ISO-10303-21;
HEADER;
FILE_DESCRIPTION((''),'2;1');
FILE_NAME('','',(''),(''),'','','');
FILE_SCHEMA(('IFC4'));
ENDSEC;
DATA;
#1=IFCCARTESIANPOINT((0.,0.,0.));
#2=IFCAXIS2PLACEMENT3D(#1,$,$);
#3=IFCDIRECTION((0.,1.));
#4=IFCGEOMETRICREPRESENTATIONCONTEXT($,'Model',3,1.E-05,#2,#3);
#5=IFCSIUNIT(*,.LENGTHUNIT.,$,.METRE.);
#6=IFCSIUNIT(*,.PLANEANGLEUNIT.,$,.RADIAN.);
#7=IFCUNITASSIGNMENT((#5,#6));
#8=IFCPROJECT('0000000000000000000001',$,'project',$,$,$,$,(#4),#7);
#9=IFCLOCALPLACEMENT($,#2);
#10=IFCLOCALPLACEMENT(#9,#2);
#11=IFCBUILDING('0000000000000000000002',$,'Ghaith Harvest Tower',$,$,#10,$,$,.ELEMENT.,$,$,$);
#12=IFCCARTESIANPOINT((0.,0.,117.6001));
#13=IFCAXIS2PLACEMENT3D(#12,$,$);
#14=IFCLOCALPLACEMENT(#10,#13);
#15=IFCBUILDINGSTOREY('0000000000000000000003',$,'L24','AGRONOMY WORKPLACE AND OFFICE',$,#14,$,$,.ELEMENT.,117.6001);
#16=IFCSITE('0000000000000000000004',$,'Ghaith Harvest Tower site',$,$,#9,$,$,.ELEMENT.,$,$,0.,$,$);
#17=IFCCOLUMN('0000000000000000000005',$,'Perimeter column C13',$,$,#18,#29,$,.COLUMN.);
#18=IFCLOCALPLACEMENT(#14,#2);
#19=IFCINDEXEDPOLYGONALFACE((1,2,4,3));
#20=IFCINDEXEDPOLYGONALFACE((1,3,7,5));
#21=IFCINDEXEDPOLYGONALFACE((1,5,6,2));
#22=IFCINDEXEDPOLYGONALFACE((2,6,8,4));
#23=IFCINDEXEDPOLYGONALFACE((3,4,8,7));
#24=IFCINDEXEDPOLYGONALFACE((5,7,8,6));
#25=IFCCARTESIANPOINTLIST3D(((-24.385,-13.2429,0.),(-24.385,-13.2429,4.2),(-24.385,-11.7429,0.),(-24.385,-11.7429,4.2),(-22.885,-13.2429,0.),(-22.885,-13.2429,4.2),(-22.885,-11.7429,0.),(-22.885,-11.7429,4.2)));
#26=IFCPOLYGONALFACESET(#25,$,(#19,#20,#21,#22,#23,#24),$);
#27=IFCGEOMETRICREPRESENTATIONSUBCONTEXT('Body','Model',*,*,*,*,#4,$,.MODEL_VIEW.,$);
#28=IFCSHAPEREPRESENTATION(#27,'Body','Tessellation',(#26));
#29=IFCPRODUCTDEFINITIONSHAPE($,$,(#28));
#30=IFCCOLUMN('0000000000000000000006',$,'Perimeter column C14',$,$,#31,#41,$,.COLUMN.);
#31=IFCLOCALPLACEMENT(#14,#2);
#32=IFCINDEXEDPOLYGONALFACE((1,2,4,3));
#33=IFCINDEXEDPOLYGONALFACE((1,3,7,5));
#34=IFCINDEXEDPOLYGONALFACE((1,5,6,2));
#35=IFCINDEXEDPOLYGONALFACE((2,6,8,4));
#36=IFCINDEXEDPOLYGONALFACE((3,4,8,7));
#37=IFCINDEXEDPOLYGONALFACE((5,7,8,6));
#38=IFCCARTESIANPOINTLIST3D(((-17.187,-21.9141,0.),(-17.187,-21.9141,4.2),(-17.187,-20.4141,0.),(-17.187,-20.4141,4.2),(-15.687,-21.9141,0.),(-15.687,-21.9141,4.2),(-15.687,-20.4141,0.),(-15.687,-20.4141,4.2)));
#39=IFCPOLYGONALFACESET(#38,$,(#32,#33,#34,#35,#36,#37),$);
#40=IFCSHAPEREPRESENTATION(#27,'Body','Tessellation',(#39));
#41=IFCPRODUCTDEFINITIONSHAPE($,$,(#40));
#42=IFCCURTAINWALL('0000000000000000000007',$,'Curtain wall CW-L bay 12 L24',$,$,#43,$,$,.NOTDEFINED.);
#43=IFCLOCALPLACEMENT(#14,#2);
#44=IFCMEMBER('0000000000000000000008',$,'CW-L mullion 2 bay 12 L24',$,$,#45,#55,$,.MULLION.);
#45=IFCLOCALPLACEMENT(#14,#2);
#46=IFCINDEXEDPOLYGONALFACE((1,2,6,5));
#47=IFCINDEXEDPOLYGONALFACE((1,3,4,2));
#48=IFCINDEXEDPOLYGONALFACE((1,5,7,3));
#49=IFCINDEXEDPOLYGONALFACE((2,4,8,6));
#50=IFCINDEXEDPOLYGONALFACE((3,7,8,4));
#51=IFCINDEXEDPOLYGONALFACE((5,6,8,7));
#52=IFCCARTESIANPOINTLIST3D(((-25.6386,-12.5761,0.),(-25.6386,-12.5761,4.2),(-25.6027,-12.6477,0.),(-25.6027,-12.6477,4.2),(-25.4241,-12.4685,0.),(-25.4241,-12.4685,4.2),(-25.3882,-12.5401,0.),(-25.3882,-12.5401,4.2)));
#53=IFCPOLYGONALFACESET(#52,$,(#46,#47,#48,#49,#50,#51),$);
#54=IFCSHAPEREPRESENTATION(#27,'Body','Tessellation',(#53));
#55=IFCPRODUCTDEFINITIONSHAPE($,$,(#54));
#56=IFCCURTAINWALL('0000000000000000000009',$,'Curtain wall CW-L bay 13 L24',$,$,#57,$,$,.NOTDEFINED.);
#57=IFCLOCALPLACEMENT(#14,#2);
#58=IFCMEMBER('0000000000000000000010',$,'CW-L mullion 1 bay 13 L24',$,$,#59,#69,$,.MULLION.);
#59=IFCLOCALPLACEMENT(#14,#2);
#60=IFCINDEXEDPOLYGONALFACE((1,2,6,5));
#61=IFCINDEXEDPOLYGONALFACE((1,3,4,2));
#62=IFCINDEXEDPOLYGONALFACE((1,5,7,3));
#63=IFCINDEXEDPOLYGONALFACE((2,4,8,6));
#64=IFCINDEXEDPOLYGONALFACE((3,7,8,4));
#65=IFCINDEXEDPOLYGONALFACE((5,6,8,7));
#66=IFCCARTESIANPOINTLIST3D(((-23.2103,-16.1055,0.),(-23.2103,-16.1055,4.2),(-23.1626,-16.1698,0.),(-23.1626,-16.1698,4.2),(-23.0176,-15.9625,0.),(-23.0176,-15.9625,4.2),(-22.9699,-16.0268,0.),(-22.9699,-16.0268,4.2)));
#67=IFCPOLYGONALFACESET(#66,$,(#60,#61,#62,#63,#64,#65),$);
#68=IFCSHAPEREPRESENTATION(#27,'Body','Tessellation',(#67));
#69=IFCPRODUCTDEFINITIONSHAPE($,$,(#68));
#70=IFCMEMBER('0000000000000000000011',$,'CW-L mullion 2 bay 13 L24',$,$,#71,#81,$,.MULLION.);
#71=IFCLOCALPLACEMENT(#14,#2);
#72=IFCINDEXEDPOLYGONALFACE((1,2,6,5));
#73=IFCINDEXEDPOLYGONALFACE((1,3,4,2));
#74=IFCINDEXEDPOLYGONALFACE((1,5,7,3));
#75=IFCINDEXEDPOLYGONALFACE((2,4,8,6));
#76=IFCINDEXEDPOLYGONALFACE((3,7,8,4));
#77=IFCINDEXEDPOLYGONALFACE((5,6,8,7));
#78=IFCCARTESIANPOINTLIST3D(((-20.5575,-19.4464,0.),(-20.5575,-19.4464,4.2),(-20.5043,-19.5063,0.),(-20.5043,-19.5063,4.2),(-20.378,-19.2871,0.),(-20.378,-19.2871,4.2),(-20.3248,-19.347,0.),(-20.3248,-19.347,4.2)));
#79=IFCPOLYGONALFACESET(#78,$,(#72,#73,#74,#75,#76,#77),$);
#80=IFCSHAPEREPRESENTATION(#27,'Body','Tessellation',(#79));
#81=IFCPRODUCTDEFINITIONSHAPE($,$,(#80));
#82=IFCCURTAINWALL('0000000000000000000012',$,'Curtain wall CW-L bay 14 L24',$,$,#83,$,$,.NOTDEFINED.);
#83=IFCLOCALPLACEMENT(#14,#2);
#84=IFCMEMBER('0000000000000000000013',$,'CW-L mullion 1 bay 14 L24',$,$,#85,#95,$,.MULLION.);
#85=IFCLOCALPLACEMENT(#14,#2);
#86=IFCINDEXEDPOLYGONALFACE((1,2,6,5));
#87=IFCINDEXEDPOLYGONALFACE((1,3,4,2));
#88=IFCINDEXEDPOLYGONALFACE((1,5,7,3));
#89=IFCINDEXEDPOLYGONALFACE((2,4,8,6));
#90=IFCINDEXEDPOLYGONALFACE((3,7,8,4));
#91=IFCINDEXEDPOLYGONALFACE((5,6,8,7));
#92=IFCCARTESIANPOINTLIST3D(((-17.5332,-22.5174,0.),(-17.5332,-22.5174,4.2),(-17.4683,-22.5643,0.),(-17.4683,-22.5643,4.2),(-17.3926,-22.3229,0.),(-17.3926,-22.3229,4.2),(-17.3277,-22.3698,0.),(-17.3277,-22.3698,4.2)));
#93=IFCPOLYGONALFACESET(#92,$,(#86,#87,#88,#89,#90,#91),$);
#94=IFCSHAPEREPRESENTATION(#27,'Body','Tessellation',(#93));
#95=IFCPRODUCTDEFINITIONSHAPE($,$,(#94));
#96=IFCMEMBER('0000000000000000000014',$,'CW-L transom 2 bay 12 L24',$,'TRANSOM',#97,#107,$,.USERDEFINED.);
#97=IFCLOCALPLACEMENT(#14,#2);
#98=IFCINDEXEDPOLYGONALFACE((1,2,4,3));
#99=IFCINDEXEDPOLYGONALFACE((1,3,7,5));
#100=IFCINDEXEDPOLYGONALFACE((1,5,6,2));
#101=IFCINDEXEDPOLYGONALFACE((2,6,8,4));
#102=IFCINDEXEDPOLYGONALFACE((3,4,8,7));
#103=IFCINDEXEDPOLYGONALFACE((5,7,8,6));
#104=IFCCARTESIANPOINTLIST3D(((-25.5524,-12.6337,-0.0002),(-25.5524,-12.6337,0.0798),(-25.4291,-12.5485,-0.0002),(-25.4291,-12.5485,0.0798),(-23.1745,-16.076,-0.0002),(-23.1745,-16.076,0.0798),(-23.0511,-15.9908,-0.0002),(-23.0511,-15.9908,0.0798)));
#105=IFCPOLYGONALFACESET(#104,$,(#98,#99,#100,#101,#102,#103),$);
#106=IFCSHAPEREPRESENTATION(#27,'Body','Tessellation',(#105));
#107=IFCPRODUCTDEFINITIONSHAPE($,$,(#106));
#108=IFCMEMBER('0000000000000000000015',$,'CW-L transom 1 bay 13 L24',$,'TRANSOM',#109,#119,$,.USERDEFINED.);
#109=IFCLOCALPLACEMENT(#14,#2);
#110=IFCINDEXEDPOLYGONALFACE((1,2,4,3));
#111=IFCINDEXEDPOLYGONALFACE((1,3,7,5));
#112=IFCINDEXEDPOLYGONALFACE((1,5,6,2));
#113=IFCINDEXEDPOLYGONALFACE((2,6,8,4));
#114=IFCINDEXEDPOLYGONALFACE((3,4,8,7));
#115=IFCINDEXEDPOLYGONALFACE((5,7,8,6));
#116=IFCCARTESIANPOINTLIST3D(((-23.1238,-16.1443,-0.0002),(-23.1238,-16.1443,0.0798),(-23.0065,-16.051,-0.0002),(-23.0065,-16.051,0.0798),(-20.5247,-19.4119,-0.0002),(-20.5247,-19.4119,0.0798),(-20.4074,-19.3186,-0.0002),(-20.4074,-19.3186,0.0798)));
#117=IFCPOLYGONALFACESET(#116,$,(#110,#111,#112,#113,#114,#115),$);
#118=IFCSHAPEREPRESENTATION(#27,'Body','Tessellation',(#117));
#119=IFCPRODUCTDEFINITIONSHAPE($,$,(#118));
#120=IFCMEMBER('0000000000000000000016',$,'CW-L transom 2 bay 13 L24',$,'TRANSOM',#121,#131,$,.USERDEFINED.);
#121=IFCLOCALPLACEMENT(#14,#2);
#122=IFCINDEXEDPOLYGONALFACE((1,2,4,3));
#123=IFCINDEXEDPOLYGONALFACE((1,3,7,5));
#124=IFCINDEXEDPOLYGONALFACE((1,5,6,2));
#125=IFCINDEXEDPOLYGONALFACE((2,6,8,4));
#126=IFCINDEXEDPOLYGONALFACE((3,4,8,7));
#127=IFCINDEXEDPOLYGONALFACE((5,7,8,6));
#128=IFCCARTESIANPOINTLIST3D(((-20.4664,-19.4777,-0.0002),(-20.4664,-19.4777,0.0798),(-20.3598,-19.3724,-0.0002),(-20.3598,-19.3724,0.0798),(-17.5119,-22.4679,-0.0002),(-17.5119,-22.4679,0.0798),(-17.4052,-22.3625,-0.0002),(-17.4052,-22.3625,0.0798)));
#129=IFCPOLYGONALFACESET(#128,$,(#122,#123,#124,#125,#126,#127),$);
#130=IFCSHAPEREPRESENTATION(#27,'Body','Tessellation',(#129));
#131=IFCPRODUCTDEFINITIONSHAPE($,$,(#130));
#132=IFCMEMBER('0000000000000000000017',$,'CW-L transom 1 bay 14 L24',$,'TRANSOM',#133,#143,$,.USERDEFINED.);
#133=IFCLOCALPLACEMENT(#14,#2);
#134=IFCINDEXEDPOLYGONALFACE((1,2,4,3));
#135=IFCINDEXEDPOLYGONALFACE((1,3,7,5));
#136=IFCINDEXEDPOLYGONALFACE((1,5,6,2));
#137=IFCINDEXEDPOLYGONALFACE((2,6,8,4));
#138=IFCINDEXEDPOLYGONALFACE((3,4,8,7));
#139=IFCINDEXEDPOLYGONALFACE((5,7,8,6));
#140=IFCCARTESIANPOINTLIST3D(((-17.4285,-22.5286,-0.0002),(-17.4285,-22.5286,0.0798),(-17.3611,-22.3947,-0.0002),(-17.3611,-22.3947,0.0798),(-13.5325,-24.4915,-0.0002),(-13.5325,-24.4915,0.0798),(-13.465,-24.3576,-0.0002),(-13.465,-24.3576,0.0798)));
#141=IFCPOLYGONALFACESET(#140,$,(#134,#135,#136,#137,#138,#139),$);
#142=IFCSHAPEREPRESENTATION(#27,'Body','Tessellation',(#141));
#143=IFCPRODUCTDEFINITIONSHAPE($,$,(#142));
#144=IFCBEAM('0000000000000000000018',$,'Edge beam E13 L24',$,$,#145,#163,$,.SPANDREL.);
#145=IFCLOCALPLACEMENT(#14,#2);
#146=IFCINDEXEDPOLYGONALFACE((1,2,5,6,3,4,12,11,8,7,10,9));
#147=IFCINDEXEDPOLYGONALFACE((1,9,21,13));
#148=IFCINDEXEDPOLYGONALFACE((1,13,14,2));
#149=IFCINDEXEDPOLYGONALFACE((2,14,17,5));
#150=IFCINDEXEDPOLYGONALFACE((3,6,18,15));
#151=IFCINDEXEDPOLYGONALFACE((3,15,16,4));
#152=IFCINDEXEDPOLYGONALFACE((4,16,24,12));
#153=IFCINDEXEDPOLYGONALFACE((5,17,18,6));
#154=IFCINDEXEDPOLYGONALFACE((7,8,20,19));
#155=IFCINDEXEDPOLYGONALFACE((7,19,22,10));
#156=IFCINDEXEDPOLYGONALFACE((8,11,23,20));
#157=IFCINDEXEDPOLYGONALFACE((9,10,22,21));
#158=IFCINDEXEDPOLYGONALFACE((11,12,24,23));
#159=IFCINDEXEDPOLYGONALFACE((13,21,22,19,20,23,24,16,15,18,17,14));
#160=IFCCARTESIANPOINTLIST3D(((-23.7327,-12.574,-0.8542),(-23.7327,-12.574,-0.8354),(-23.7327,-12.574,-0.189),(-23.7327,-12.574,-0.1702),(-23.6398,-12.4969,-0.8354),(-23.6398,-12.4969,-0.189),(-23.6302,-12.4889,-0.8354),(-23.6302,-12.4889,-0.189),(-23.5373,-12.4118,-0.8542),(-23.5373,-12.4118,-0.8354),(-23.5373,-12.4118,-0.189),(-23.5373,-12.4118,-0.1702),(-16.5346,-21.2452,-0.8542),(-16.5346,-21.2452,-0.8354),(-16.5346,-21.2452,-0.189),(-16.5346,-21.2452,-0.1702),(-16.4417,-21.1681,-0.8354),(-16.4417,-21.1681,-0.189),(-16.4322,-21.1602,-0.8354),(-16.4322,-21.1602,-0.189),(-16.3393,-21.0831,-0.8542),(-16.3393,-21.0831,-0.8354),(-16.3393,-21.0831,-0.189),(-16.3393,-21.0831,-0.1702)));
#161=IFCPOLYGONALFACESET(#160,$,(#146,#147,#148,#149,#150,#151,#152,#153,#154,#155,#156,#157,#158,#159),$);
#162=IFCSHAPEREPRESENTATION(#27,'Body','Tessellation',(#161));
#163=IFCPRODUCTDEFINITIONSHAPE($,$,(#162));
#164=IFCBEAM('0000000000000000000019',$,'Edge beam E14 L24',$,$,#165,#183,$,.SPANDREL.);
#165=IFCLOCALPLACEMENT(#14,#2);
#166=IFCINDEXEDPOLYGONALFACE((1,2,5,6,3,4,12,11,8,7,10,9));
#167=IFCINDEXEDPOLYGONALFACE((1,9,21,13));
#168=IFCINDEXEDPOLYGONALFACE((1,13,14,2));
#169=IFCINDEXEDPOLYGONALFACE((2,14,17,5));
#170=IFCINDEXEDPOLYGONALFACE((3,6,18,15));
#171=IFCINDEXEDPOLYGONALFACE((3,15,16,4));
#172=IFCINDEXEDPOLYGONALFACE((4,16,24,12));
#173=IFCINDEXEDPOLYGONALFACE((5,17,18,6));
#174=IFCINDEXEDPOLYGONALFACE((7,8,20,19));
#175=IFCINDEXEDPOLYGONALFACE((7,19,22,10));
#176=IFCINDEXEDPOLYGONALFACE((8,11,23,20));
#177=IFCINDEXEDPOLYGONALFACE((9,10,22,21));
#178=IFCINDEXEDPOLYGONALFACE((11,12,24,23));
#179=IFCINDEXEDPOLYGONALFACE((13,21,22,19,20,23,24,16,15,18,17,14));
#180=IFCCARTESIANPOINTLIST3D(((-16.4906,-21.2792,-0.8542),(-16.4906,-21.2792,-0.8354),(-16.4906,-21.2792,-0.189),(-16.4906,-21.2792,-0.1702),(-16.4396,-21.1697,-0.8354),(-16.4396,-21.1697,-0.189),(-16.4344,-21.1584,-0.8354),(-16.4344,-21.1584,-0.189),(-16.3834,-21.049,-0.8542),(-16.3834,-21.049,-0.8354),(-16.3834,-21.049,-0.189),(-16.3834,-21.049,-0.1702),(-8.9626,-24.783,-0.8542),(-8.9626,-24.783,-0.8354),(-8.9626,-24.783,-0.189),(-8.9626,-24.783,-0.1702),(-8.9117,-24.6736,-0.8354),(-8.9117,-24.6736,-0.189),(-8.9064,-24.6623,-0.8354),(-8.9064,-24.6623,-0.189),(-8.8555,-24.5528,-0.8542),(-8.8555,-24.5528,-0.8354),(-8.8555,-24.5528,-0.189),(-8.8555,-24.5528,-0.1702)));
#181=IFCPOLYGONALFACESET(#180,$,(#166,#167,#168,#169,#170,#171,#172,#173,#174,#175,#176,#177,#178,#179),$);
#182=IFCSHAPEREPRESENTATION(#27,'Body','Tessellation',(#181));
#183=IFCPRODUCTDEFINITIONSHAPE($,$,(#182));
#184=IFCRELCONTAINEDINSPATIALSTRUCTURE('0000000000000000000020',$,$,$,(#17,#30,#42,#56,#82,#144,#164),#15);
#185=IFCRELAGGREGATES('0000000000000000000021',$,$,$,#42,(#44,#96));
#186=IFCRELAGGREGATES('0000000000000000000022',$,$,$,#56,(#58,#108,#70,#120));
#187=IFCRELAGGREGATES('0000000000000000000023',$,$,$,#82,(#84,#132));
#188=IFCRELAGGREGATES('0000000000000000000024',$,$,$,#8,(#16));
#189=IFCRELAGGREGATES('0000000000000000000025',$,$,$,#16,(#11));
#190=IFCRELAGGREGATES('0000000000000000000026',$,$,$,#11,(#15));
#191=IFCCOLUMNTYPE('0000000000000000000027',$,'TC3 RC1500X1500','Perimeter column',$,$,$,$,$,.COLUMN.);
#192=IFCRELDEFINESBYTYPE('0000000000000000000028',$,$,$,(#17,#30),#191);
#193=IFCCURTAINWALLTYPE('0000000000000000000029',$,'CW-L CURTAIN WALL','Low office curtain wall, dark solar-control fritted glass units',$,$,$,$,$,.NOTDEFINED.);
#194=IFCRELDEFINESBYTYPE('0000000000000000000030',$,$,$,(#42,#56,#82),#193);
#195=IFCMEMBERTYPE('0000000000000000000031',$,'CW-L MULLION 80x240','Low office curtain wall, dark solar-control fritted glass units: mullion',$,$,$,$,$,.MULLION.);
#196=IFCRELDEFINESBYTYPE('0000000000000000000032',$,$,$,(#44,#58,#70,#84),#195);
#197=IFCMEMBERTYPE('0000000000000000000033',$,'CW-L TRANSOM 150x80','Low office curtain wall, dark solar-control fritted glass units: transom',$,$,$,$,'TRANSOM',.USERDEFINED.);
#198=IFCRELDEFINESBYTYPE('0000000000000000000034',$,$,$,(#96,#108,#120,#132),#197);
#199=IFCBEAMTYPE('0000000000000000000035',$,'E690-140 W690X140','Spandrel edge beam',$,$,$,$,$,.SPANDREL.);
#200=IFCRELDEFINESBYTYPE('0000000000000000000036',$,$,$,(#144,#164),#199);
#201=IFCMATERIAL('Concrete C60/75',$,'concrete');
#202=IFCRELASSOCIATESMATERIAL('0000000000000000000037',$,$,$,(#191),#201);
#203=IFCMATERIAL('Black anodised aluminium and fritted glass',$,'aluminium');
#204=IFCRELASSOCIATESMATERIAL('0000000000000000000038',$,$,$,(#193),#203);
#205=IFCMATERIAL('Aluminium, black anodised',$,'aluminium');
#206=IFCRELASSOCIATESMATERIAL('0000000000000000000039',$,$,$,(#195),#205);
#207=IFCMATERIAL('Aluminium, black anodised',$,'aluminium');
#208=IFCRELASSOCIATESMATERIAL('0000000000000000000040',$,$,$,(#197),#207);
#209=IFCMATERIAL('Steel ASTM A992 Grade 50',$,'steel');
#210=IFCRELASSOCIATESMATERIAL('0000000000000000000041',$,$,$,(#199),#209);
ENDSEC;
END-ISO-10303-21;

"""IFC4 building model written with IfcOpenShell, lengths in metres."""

from ifc_helpers import new_model, si_unit, direction, frame, origin, origin_2d, place, context, subcontext, project, spatial, rectangle, i_section, extrude, material, material_profile, profile_set, type_object, element, aggregate, save


model = new_model("IFC4")

# Units and contexts
model_context = context("Model", 3, precision=1e-05, world=origin(), true_north=direction((0.0, 1.0)))
body_context = subcontext(model_context, "Body", "Model", "MODEL_VIEW")
ifc_project = project(units=[si_unit("LENGTHUNIT", "METRE"), si_unit("PLANEANGLEUNIT", "RADIAN")], contexts=[model_context])

# Site, building, storey
site_placement = place(None, origin())
site = spatial("IfcSite", under=ifc_project, at=site_placement, Name="Ghaith Harvest Tower site", CompositionType="ELEMENT", RefElevation=0.0)
building_placement = place(site_placement, origin())
building = spatial("IfcBuilding", under=site, at=building_placement, Name="Ghaith Harvest Tower", CompositionType="ELEMENT")
storey_placement = place(building_placement, frame((0.0, 0.0, 117.6001)))
storey = spatial("IfcBuildingStorey", under=building, at=storey_placement, Name="L24", Description="AGRONOMY WORKPLACE AND OFFICE", CompositionType="ELEMENT", Elevation=117.6001)

# Columns
ifc_material_1 = material(Name="Concrete C60/75", Category="concrete")
ifc_material_profile_1 = material_profile(ifc_material_1, rectangle(XDim=1.5, YDim=1.5, at=origin_2d()), Name="RC1500X1500")
ifc_profile_set_1 = profile_set([ifc_material_profile_1], Name="Concrete C60/75")
column_type = type_object("IfcColumnType", Name="TC3 RC1500X1500", Description="Perimeter column", PredefinedType="COLUMN", material=ifc_profile_set_1)
for number, where, z_axis, x_axis, name in (
    (1, (-23.635, -12.4929, 0.0), (0.0, 0.0, 1.0), (1.0, 0.0, 0.0), "Perimeter column C13"),
    (2, (-16.437, -21.1641, 0.0), (0.0, 0.0, 1.0), (1.0, 0.0, 0.0), "Perimeter column C14"),
):
    element("IfcColumn", number, at=place(storey_placement, frame(where, z_axis=z_axis, x_axis=x_axis)), inside=storey, type_object=column_type, Name=name, PredefinedType="COLUMN", context=body_context, shape_type="SweptSolid", body=[
        extrude(rectangle(XDim=1.5, YDim=1.5, at=origin_2d()), origin(), (0.0, 0.0, 1.0), 4.2),
    ])

# Curtain wall, member
ifc_material_2 = material(Name="Black anodised aluminium and fritted glass", Category="aluminium")
curtain_wall_type = type_object("IfcCurtainWallType", Name="CW-L CURTAIN WALL", Description="Low office curtain wall, dark solar-control fritted glass units", PredefinedType="NOTDEFINED", material=ifc_material_2)
curtain_wall_1_placement = place(storey_placement, origin())
curtain_wall_1 = element("IfcCurtainWall", 3, at=curtain_wall_1_placement, inside=storey, type_object=curtain_wall_type, Name="Curtain wall CW-L bay 12 L24", PredefinedType="NOTDEFINED")
ifc_material_3 = material(Name="Aluminium, black anodised", Category="aluminium")
ifc_material_profile_2 = material_profile(ifc_material_3, rectangle(XDim=0.0801, YDim=0.24, at=origin_2d()), Name="CW-L MULLION 80x240")
ifc_profile_set_2 = profile_set([ifc_material_profile_2], Name="Aluminium, black anodised")
member_type_1 = type_object("IfcMemberType", Name="CW-L MULLION 80x240", Description="Low office curtain wall, dark solar-control fritted glass units: mullion", PredefinedType="MULLION", material=ifc_profile_set_2)
member_1_placement = place(storey_placement, frame((-25.5134, -12.5581, 0.0), z_axis=(0.0, 0.0, 1.0), x_axis=(0.448267, -0.8939, 0.0)))
member_1 = element("IfcMember", 4, at=member_1_placement, type_object=member_type_1, Name="CW-L mullion 2 bay 12 L24", PredefinedType="MULLION", context=body_context, shape_type="SweptSolid", body=[
    extrude(rectangle(XDim=0.0801, YDim=0.24, at=origin_2d()), origin(), (0.0, 0.0, 1.0), 4.2),
])

# Curtain wall, members
curtain_wall_2_placement = place(storey_placement, origin())
curtain_wall_2 = element("IfcCurtainWall", 5, at=curtain_wall_2_placement, inside=storey, type_object=curtain_wall_type, Name="Curtain wall CW-L bay 13 L24", PredefinedType="NOTDEFINED")
member_2_placement = place(storey_placement, frame((-23.0901, -16.0662, 0.0), z_axis=(0.0, 0.0, 1.0), x_axis=(0.59574, -0.803177, 0.0)))
member_2 = element("IfcMember", 6, at=member_2_placement, type_object=member_type_1, Name="CW-L mullion 1 bay 13 L24", PredefinedType="MULLION", context=body_context, shape_type="SweptSolid", body=[
    extrude(rectangle(XDim=0.0801, YDim=0.24, at=origin_2d()), origin(), (0.0, 0.0, 1.0), 4.2),
])
member_3_placement = place(storey_placement, frame((-20.4412, -19.3967, 0.0), z_axis=(0.0, 0.0, 1.0), x_axis=(0.663765, -0.747941, 0.0)))
member_3 = element("IfcMember", 7, at=member_3_placement, type_object=member_type_1, Name="CW-L mullion 2 bay 13 L24", PredefinedType="MULLION", context=body_context, shape_type="SweptSolid", body=[
    extrude(rectangle(XDim=0.0801, YDim=0.24, at=origin_2d()), origin(), (0.0, 0.0, 1.0), 4.2),
])

# Curtain wall, member
curtain_wall_3_placement = place(storey_placement, origin())
curtain_wall_3 = element("IfcCurtainWall", 8, at=curtain_wall_3_placement, inside=storey, type_object=curtain_wall_type, Name="Curtain wall CW-L bay 14 L24", PredefinedType="NOTDEFINED")
member_4_placement = place(storey_placement, frame((-17.4304, -22.4436, 0.0), z_axis=(0.0, 0.0, 1.0), x_axis=(0.810339, -0.585961, 0.0)))
member_4 = element("IfcMember", 9, at=member_4_placement, type_object=member_type_1, Name="CW-L mullion 1 bay 14 L24", PredefinedType="MULLION", context=body_context, shape_type="SweptSolid", body=[
    extrude(rectangle(XDim=0.0801, YDim=0.24, at=origin_2d()), origin(), (0.0, 0.0, 1.0), 4.2),
])

# Members
ifc_material_4 = material(Name="Aluminium, black anodised", Category="aluminium")
ifc_material_profile_3 = material_profile(ifc_material_4, rectangle(XDim=0.1499, YDim=0.0801, at=origin_2d()), Name="CW-L TRANSOM 150x80")
ifc_profile_set_3 = profile_set([ifc_material_profile_3], Name="Aluminium, black anodised")
member_type_2 = type_object("IfcMemberType", Name="CW-L TRANSOM 150x80", Description="Low office curtain wall, dark solar-control fritted glass units: transom", ElementType="TRANSOM", PredefinedType="USERDEFINED", material=ifc_profile_set_3)
member_5_placement = place(storey_placement, frame((-25.4907, -12.5911, 0.0398), z_axis=(0.56836, -0.82278, 0.0), x_axis=(0.82278, 0.56836, 0.0)))
member_5 = element("IfcMember", 10, at=member_5_placement, type_object=member_type_2, Name="CW-L transom 2 bay 12 L24", ObjectType="TRANSOM", PredefinedType="USERDEFINED", context=body_context, shape_type="SweptSolid", body=[
    extrude(rectangle(XDim=0.1499, YDim=0.0801, at=origin_2d()), origin(), (0.0, 0.0, 1.0), 4.1838),
])
member_6_placement = place(storey_placement, frame((-23.0652, -16.0977, 0.0398), z_axis=(0.622511, -0.782611, 0.0), x_axis=(0.782611, 0.622511, 0.0)))
member_6 = element("IfcMember", 11, at=member_6_placement, type_object=member_type_2, Name="CW-L transom 1 bay 13 L24", ObjectType="TRANSOM", PredefinedType="USERDEFINED", context=body_context, shape_type="SweptSolid", body=[
    extrude(rectangle(XDim=0.1499, YDim=0.0801, at=origin_2d()), origin(), (0.0, 0.0, 1.0), 4.1753),
])
member_7_placement = place(storey_placement, frame((-20.4131, -19.425, 0.0398), z_axis=(0.702854, -0.711334, 0.0), x_axis=(0.711334, 0.702854, 0.0)))
member_7 = element("IfcMember", 12, at=member_7_placement, type_object=member_type_2, Name="CW-L transom 2 bay 13 L24", ObjectType="TRANSOM", PredefinedType="USERDEFINED", context=body_context, shape_type="SweptSolid", body=[
    extrude(rectangle(XDim=0.1499, YDim=0.0801, at=origin_2d()), origin(), (0.0, 0.0, 1.0), 4.2036),
])
member_8_placement = place(storey_placement, frame((-17.3948, -22.4617, 0.0398), z_axis=(0.893058, -0.449943, 0.0), x_axis=(0.449943, 0.893058, 0.0)))
member_8 = element("IfcMember", 13, at=member_8_placement, type_object=member_type_2, Name="CW-L transom 1 bay 14 L24", ObjectType="TRANSOM", PredefinedType="USERDEFINED", context=body_context, shape_type="SweptSolid", body=[
    extrude(rectangle(XDim=0.1499, YDim=0.0801, at=origin_2d()), origin(), (0.0, 0.0, 1.0), 4.3625),
])

# Beams
ifc_material_5 = material(Name="Steel ASTM A992 Grade 50", Category="steel")
ifc_material_profile_4 = material_profile(ifc_material_5, i_section(OverallWidth=0.2539, OverallDepth=0.6841, WebThickness=0.0125, FlangeThickness=0.0188, at=origin_2d()), Name="W690X140")
ifc_profile_set_4 = profile_set([ifc_material_profile_4], Name="Steel ASTM A992 Grade 50")
beam_type = type_object("IfcBeamType", Name="E690-140 W690X140", Description="Spandrel edge beam", PredefinedType="SPANDREL", material=ifc_profile_set_4)
beam_1_placement = place(storey_placement, frame((-23.635, -12.4929, -0.5122), z_axis=(0.638719, -0.76944, 0.0), x_axis=(0.76944, 0.638719, 0.0)))
element("IfcBeam", 14, at=beam_1_placement, inside=storey, type_object=beam_type, Name="Edge beam E13 L24", PredefinedType="SPANDREL", context=body_context, shape_type="SweptSolid", body=[
    extrude(i_section(OverallWidth=0.2539, OverallDepth=0.6841, WebThickness=0.0125, FlangeThickness=0.0188, at=origin_2d()), origin(), (0.0, 0.0, 1.0), 11.2695),
])
beam_2_placement = place(storey_placement, frame((-16.437, -21.1641, -0.5122), z_axis=(0.906607, -0.421976, 0.0), x_axis=(0.421976, 0.906607, 0.0)))
element("IfcBeam", 15, at=beam_2_placement, inside=storey, type_object=beam_type, Name="Edge beam E14 L24", PredefinedType="SPANDREL", context=body_context, shape_type="SweptSolid", body=[
    extrude(i_section(OverallWidth=0.2539, OverallDepth=0.6841, WebThickness=0.0125, FlangeThickness=0.0188, at=origin_2d()), origin(), (0.0, 0.0, 1.0), 8.3035),
])

aggregate(curtain_wall_1, [member_1, member_5])
aggregate(curtain_wall_2, [member_2, member_6, member_3, member_7])
aggregate(curtain_wall_3, [member_4, member_8])

save(model, "model.ifc")
